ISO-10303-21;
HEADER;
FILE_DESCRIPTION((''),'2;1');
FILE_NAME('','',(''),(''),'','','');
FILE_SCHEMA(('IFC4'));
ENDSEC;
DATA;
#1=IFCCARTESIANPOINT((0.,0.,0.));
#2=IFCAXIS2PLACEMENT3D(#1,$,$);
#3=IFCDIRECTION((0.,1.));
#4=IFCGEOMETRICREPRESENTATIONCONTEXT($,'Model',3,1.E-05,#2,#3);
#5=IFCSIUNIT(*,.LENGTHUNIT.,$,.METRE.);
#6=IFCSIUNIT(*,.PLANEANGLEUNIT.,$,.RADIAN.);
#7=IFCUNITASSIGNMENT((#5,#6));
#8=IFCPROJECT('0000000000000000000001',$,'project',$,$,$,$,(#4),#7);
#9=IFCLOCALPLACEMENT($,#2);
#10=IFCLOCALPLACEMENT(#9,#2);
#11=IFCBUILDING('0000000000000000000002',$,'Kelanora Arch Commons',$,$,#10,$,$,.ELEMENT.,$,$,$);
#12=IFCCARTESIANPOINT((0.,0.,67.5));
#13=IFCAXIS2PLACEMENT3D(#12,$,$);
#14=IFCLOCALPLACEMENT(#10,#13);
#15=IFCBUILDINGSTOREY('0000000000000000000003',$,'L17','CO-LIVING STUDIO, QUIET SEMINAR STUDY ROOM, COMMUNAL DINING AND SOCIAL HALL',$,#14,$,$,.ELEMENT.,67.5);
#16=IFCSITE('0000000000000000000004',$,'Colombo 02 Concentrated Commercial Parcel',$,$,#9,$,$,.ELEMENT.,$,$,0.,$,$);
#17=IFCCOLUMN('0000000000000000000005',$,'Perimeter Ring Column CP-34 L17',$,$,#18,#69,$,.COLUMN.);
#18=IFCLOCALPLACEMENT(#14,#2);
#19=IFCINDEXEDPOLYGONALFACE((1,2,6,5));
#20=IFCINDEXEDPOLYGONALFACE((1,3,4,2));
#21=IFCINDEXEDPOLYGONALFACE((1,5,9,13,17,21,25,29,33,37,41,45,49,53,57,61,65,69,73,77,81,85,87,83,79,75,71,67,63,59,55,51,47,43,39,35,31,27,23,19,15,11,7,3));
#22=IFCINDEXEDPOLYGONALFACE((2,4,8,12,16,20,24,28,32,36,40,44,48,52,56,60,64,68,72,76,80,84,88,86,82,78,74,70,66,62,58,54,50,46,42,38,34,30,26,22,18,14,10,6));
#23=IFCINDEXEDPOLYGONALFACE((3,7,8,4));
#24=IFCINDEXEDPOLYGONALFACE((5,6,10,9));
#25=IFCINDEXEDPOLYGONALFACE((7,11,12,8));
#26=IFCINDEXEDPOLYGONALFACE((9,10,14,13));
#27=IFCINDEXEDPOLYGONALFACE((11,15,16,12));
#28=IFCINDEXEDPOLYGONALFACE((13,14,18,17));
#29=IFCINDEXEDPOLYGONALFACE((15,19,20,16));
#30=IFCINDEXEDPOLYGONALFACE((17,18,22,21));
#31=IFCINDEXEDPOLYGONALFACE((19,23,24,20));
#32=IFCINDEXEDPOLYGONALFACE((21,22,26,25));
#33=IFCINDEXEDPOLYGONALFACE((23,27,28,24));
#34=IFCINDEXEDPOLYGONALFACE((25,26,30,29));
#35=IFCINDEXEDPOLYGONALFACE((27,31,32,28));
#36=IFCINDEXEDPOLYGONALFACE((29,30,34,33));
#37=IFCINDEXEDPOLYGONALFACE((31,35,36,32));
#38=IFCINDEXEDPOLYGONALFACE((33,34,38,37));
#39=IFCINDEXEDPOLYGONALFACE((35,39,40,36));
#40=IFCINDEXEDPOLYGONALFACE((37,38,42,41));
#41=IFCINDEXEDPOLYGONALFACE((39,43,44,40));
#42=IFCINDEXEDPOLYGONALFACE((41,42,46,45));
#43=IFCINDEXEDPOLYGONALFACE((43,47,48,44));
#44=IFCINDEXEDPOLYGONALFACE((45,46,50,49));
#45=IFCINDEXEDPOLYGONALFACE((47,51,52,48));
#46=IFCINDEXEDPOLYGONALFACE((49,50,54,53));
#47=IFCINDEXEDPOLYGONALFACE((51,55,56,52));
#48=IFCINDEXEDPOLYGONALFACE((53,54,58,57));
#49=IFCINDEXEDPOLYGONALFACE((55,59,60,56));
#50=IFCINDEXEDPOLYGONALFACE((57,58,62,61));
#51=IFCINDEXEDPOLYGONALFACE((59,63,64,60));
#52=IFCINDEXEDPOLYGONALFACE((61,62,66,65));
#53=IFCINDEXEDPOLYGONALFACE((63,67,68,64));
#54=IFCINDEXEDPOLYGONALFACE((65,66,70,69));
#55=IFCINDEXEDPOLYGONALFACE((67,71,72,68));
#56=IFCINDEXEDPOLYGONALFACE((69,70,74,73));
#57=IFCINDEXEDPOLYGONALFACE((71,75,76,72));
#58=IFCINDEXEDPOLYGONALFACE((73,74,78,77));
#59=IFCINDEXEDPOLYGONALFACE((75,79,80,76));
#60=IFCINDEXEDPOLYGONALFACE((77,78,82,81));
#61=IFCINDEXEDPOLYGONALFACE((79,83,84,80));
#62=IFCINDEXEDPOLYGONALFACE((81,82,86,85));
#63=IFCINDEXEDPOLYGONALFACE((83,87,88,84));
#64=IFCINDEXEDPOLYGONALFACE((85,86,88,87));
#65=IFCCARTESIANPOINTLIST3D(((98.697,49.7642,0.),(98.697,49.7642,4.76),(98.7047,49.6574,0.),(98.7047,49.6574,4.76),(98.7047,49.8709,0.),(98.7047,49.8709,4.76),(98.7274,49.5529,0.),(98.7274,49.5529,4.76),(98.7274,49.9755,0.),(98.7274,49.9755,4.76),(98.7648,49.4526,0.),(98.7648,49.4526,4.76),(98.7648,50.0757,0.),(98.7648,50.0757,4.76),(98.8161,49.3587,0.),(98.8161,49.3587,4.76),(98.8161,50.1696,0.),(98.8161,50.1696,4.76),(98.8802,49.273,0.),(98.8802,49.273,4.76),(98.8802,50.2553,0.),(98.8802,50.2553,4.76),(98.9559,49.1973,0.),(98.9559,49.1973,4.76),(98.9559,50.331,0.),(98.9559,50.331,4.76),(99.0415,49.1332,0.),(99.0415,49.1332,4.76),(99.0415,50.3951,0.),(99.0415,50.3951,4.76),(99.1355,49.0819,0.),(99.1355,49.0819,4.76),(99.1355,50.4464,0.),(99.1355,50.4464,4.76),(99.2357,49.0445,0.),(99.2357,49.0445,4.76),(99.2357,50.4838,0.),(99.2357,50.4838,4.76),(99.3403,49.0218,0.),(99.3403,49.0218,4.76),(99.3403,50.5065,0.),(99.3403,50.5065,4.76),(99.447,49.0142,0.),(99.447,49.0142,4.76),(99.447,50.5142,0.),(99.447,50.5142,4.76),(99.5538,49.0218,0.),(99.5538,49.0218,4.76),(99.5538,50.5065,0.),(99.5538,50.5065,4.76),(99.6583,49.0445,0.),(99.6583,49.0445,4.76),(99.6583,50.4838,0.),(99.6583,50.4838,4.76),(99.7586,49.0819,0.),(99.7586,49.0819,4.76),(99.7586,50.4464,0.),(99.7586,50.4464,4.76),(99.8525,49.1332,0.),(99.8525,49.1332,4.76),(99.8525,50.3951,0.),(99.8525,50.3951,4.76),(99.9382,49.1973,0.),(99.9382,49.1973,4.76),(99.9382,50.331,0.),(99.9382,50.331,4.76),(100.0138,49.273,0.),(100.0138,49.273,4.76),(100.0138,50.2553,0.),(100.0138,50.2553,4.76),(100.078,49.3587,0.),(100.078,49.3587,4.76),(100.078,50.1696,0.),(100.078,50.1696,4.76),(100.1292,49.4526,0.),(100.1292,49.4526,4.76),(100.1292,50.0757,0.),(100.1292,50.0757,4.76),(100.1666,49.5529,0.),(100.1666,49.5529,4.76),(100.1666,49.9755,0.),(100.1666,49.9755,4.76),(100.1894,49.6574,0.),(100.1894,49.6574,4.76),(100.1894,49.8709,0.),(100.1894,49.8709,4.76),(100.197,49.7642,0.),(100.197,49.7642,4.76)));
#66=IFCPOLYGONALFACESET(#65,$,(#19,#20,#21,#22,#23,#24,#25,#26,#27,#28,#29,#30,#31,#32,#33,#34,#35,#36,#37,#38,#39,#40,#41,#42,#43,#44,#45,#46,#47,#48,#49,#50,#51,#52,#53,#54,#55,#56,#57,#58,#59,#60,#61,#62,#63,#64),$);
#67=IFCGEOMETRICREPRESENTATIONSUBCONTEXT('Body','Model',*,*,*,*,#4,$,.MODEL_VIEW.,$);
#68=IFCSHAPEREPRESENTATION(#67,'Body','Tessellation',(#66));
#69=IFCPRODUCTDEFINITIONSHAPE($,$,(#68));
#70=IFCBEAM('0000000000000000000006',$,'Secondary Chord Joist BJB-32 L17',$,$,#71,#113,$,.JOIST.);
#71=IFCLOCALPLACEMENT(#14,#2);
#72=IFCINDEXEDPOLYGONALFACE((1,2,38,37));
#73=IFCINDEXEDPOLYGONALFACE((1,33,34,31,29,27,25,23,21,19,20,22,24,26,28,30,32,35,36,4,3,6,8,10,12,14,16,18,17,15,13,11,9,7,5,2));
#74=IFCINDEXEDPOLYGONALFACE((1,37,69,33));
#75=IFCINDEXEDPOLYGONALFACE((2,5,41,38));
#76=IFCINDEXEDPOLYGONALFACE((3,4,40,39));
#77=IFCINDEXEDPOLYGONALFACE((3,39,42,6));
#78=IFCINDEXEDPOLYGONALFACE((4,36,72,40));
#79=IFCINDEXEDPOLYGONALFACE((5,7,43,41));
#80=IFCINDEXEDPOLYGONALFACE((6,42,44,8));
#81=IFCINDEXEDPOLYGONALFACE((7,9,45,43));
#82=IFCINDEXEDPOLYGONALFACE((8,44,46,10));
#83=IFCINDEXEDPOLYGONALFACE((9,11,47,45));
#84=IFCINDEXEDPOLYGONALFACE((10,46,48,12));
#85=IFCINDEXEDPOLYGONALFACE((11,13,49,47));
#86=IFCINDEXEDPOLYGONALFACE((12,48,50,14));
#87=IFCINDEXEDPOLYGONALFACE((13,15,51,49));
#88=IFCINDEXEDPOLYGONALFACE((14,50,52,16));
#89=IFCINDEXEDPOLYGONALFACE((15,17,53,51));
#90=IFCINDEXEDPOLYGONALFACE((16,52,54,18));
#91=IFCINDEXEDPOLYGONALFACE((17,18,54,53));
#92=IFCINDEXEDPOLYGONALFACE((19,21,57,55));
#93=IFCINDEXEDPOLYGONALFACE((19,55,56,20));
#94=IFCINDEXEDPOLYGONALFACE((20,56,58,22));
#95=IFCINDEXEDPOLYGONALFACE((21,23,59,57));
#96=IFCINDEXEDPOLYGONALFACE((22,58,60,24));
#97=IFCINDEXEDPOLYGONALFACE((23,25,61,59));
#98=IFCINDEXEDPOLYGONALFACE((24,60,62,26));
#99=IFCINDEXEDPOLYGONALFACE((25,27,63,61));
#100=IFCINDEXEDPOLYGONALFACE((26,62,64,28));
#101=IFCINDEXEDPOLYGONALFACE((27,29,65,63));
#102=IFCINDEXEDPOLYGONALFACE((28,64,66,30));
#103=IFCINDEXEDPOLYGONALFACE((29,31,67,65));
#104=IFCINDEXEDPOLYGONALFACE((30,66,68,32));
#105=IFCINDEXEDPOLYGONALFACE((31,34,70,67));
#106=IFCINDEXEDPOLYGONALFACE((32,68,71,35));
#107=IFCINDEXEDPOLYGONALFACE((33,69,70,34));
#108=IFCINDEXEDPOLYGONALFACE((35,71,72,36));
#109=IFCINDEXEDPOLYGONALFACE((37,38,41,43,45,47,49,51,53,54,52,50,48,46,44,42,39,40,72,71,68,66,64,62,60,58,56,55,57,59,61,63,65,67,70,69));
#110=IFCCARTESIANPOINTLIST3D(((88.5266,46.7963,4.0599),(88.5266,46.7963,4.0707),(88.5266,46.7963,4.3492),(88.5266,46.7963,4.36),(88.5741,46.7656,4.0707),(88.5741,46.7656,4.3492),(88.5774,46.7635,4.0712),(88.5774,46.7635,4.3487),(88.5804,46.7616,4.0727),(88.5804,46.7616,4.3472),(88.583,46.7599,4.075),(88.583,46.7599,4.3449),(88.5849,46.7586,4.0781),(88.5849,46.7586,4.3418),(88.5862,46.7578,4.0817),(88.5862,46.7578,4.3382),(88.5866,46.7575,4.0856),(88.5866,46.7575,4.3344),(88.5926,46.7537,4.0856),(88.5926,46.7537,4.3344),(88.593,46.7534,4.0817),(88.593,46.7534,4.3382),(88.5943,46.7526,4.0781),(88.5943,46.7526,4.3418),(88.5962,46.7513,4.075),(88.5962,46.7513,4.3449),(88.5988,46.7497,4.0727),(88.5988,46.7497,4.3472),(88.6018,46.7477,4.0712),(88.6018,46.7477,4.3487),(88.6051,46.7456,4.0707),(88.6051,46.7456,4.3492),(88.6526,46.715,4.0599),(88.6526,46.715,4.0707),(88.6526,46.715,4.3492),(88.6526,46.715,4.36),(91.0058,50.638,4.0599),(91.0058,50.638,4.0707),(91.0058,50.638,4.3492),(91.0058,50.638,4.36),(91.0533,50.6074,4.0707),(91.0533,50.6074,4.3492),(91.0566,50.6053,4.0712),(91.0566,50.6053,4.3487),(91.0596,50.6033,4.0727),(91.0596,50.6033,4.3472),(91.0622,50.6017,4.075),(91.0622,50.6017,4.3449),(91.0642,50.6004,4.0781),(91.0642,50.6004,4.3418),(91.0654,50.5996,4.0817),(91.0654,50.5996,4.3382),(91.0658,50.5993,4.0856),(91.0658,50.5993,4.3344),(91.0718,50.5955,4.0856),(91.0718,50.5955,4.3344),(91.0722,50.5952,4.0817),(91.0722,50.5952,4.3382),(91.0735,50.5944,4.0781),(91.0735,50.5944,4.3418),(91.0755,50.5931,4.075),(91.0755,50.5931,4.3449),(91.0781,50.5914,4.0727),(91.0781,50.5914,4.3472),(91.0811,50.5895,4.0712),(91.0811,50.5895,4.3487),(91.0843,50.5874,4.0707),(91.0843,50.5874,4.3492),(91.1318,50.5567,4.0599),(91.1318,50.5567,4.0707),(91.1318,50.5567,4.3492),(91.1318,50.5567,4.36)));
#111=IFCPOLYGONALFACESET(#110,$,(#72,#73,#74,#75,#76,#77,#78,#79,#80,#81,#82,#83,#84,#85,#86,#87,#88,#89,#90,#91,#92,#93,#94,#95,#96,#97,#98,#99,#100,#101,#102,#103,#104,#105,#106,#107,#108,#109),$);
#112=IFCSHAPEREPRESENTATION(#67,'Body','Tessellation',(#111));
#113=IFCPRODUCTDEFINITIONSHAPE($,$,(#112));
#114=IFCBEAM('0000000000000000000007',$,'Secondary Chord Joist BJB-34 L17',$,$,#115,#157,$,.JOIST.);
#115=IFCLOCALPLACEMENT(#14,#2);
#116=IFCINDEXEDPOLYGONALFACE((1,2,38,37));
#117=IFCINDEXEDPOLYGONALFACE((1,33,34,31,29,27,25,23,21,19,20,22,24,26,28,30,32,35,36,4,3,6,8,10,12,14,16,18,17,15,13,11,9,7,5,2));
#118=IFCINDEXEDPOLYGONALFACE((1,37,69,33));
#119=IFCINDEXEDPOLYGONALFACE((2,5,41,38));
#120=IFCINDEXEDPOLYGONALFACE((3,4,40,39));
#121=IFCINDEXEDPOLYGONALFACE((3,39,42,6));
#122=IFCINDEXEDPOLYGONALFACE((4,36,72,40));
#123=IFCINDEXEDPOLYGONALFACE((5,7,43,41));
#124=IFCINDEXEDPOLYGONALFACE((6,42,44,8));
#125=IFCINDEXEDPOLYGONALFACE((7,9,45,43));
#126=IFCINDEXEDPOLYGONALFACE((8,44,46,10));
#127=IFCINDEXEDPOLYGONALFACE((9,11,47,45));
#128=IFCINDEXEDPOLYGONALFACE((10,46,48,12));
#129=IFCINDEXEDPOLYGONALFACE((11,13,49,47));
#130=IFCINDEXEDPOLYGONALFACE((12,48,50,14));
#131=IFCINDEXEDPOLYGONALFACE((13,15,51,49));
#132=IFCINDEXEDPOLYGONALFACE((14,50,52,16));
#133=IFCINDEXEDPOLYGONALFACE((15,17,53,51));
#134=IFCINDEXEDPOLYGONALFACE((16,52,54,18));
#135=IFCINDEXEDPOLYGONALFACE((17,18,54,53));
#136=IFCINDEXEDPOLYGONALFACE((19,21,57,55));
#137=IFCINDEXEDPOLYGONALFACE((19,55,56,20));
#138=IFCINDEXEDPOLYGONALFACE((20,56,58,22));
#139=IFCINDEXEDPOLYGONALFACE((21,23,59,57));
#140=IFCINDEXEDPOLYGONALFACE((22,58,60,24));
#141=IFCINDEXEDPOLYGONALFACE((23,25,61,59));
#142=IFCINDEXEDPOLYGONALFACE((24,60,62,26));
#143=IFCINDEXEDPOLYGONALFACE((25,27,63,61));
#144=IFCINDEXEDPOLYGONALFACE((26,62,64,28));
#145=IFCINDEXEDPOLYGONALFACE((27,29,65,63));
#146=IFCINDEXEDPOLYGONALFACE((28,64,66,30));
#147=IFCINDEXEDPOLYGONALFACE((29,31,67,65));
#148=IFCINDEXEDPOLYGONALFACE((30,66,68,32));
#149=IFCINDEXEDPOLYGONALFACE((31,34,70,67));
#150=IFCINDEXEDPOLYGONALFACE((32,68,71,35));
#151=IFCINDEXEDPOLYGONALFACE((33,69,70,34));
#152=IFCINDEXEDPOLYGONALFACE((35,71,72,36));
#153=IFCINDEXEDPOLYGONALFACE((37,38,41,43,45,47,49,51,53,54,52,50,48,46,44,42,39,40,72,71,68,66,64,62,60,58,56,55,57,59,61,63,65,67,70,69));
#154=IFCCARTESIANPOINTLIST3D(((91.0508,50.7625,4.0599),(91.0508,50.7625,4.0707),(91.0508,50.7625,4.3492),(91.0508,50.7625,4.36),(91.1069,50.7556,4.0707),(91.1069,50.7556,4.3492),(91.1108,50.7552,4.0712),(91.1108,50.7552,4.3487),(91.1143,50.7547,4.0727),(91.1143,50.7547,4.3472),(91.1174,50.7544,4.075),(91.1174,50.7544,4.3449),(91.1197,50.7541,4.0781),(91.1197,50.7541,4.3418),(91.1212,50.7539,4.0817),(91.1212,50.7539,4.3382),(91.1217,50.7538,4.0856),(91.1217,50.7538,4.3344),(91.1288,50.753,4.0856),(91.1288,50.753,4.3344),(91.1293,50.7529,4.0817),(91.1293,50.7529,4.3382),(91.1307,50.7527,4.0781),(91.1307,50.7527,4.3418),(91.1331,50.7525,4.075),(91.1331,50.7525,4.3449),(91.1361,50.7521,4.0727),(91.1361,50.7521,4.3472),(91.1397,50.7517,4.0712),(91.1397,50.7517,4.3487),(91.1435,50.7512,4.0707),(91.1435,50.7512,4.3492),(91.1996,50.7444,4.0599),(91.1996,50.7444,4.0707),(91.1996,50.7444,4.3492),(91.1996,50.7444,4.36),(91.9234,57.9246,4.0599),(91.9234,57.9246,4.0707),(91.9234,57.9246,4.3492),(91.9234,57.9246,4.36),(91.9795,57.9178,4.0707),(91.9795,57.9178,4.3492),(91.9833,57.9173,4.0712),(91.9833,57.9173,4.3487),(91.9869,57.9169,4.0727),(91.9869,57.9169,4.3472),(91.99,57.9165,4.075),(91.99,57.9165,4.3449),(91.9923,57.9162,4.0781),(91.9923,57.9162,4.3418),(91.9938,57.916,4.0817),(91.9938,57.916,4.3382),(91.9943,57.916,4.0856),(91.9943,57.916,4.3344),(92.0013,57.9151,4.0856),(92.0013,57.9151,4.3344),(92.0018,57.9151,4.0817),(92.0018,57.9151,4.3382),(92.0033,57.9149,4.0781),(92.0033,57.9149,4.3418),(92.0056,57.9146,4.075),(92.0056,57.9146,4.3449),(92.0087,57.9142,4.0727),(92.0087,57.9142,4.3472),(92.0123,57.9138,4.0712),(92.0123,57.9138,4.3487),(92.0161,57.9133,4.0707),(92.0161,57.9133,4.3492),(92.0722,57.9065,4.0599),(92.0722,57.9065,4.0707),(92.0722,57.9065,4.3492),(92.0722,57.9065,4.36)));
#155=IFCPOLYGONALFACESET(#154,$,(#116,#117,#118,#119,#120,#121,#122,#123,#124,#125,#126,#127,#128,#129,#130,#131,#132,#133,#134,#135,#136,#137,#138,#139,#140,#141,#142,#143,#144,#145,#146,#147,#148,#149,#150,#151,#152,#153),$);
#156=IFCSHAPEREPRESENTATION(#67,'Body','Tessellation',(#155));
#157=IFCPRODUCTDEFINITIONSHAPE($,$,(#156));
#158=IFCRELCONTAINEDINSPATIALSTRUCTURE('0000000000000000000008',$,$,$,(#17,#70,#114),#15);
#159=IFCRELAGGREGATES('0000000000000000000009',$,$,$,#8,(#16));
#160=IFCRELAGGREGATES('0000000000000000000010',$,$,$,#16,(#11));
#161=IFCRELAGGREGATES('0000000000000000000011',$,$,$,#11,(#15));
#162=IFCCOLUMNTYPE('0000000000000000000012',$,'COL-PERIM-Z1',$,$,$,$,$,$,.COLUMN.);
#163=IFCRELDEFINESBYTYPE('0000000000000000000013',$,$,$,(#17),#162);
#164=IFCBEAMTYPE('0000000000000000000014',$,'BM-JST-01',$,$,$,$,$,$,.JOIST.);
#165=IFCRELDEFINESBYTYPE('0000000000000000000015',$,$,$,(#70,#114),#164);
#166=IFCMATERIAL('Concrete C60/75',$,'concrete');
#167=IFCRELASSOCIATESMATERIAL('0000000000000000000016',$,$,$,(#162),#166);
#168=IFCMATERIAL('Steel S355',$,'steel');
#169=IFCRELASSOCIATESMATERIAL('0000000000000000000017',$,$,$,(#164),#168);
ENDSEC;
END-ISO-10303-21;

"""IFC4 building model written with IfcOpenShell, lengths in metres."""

from ifc_helpers import new_model, si_unit, direction, frame, origin, origin_2d, place, context, subcontext, project, spatial, circle, i_section, extrude, material, material_profile, profile_set, type_object, element, save


model = new_model("IFC4")

# Units and contexts
model_context = context("Model", 3, precision=1e-05, world=origin(), true_north=direction((0.0, 1.0)))
body_context = subcontext(model_context, "Body", "Model", "MODEL_VIEW")
ifc_project = project(units=[si_unit("LENGTHUNIT", "METRE"), si_unit("PLANEANGLEUNIT", "RADIAN")], contexts=[model_context])

# Site, building, storey
site_placement = place(None, origin())
site = spatial("IfcSite", under=ifc_project, at=site_placement, Name="Colombo 02 Concentrated Commercial Parcel", CompositionType="ELEMENT", RefElevation=0.0)
building_placement = place(site_placement, origin())
building = spatial("IfcBuilding", under=site, at=building_placement, Name="Kelanora Arch Commons", CompositionType="ELEMENT")
storey_placement = place(building_placement, frame((0.0, 0.0, 67.5)))
storey = spatial("IfcBuildingStorey", under=building, at=storey_placement, Name="L17", Description="CO-LIVING STUDIO, QUIET SEMINAR STUDY ROOM, COMMUNAL DINING AND SOCIAL HALL", CompositionType="ELEMENT", Elevation=67.5)

# Column
ifc_material_1 = material(Name="Concrete C60/75", Category="concrete")
ifc_material_profile_1 = material_profile(ifc_material_1, circle(Radius=0.75, at=origin_2d()), Name="RCC1500")
ifc_profile_set_1 = profile_set([ifc_material_profile_1], Name="Concrete C60/75")
column_type = type_object("IfcColumnType", Name="COL-PERIM-Z1", PredefinedType="COLUMN", material=ifc_profile_set_1)
column_placement = place(storey_placement, frame((99.447, 49.7642, 0.0), z_axis=(0.0, 0.0, 1.0), x_axis=(1.0, 0.0, 0.0)))
element("IfcColumn", 1, at=column_placement, inside=storey, type_object=column_type, Name="Perimeter Ring Column CP-34 L17", PredefinedType="COLUMN", context=body_context, shape_type="SweptSolid", body=[
    extrude(circle(Radius=0.75, at=origin_2d()), origin(), (0.0, 0.0, 1.0), 4.76),
])

# Beams
ifc_material_2 = material(Name="Steel S355", Category="steel")
ifc_material_profile_2 = material_profile(ifc_material_2, i_section(OverallWidth=0.1499, OverallDepth=0.3, WebThickness=0.0071, FlangeThickness=0.0107, FilletRadius=0.0149, at=origin_2d()), Name="IPE300")
ifc_profile_set_2 = profile_set([ifc_material_profile_2], Name="Steel S355")
beam_type_1 = type_object("IfcBeamType", Name="BM-JST-01", PredefinedType="JOIST", material=ifc_profile_set_2)
beam_1_placement = place(storey_placement, frame((88.5896, 46.7556, 4.21), z_axis=(0.54223, 0.84023, 0.0), x_axis=(-0.84023, 0.54223, 0.0)))
element("IfcBeam", 2, at=beam_1_placement, inside=storey, type_object=beam_type_1, Name="Secondary Chord Joist BJB-32 L17", PredefinedType="JOIST", context=body_context, shape_type="SweptSolid", body=[
    extrude(i_section(OverallWidth=0.1499, OverallDepth=0.3, WebThickness=0.0071, FlangeThickness=0.0107, FilletRadius=0.0149, at=origin_2d()), origin(), (0.0, 0.0, 1.0), 4.5723),
])
beam_2_placement = place(storey_placement, frame((91.1252, 50.7534, 4.21), z_axis=(0.120936, 0.99266, 0.0), x_axis=(-0.99266, 0.120936, 0.0)))
element("IfcBeam", 3, at=beam_2_placement, inside=storey, type_object=beam_type_1, Name="Secondary Chord Joist BJB-34 L17", PredefinedType="JOIST", context=body_context, shape_type="SweptSolid", body=[
    extrude(i_section(OverallWidth=0.1499, OverallDepth=0.3, WebThickness=0.0071, FlangeThickness=0.0107, FilletRadius=0.0149, at=origin_2d()), origin(), (0.0, 0.0, 1.0), 7.2151),
])

save(model, "model.ifc")
